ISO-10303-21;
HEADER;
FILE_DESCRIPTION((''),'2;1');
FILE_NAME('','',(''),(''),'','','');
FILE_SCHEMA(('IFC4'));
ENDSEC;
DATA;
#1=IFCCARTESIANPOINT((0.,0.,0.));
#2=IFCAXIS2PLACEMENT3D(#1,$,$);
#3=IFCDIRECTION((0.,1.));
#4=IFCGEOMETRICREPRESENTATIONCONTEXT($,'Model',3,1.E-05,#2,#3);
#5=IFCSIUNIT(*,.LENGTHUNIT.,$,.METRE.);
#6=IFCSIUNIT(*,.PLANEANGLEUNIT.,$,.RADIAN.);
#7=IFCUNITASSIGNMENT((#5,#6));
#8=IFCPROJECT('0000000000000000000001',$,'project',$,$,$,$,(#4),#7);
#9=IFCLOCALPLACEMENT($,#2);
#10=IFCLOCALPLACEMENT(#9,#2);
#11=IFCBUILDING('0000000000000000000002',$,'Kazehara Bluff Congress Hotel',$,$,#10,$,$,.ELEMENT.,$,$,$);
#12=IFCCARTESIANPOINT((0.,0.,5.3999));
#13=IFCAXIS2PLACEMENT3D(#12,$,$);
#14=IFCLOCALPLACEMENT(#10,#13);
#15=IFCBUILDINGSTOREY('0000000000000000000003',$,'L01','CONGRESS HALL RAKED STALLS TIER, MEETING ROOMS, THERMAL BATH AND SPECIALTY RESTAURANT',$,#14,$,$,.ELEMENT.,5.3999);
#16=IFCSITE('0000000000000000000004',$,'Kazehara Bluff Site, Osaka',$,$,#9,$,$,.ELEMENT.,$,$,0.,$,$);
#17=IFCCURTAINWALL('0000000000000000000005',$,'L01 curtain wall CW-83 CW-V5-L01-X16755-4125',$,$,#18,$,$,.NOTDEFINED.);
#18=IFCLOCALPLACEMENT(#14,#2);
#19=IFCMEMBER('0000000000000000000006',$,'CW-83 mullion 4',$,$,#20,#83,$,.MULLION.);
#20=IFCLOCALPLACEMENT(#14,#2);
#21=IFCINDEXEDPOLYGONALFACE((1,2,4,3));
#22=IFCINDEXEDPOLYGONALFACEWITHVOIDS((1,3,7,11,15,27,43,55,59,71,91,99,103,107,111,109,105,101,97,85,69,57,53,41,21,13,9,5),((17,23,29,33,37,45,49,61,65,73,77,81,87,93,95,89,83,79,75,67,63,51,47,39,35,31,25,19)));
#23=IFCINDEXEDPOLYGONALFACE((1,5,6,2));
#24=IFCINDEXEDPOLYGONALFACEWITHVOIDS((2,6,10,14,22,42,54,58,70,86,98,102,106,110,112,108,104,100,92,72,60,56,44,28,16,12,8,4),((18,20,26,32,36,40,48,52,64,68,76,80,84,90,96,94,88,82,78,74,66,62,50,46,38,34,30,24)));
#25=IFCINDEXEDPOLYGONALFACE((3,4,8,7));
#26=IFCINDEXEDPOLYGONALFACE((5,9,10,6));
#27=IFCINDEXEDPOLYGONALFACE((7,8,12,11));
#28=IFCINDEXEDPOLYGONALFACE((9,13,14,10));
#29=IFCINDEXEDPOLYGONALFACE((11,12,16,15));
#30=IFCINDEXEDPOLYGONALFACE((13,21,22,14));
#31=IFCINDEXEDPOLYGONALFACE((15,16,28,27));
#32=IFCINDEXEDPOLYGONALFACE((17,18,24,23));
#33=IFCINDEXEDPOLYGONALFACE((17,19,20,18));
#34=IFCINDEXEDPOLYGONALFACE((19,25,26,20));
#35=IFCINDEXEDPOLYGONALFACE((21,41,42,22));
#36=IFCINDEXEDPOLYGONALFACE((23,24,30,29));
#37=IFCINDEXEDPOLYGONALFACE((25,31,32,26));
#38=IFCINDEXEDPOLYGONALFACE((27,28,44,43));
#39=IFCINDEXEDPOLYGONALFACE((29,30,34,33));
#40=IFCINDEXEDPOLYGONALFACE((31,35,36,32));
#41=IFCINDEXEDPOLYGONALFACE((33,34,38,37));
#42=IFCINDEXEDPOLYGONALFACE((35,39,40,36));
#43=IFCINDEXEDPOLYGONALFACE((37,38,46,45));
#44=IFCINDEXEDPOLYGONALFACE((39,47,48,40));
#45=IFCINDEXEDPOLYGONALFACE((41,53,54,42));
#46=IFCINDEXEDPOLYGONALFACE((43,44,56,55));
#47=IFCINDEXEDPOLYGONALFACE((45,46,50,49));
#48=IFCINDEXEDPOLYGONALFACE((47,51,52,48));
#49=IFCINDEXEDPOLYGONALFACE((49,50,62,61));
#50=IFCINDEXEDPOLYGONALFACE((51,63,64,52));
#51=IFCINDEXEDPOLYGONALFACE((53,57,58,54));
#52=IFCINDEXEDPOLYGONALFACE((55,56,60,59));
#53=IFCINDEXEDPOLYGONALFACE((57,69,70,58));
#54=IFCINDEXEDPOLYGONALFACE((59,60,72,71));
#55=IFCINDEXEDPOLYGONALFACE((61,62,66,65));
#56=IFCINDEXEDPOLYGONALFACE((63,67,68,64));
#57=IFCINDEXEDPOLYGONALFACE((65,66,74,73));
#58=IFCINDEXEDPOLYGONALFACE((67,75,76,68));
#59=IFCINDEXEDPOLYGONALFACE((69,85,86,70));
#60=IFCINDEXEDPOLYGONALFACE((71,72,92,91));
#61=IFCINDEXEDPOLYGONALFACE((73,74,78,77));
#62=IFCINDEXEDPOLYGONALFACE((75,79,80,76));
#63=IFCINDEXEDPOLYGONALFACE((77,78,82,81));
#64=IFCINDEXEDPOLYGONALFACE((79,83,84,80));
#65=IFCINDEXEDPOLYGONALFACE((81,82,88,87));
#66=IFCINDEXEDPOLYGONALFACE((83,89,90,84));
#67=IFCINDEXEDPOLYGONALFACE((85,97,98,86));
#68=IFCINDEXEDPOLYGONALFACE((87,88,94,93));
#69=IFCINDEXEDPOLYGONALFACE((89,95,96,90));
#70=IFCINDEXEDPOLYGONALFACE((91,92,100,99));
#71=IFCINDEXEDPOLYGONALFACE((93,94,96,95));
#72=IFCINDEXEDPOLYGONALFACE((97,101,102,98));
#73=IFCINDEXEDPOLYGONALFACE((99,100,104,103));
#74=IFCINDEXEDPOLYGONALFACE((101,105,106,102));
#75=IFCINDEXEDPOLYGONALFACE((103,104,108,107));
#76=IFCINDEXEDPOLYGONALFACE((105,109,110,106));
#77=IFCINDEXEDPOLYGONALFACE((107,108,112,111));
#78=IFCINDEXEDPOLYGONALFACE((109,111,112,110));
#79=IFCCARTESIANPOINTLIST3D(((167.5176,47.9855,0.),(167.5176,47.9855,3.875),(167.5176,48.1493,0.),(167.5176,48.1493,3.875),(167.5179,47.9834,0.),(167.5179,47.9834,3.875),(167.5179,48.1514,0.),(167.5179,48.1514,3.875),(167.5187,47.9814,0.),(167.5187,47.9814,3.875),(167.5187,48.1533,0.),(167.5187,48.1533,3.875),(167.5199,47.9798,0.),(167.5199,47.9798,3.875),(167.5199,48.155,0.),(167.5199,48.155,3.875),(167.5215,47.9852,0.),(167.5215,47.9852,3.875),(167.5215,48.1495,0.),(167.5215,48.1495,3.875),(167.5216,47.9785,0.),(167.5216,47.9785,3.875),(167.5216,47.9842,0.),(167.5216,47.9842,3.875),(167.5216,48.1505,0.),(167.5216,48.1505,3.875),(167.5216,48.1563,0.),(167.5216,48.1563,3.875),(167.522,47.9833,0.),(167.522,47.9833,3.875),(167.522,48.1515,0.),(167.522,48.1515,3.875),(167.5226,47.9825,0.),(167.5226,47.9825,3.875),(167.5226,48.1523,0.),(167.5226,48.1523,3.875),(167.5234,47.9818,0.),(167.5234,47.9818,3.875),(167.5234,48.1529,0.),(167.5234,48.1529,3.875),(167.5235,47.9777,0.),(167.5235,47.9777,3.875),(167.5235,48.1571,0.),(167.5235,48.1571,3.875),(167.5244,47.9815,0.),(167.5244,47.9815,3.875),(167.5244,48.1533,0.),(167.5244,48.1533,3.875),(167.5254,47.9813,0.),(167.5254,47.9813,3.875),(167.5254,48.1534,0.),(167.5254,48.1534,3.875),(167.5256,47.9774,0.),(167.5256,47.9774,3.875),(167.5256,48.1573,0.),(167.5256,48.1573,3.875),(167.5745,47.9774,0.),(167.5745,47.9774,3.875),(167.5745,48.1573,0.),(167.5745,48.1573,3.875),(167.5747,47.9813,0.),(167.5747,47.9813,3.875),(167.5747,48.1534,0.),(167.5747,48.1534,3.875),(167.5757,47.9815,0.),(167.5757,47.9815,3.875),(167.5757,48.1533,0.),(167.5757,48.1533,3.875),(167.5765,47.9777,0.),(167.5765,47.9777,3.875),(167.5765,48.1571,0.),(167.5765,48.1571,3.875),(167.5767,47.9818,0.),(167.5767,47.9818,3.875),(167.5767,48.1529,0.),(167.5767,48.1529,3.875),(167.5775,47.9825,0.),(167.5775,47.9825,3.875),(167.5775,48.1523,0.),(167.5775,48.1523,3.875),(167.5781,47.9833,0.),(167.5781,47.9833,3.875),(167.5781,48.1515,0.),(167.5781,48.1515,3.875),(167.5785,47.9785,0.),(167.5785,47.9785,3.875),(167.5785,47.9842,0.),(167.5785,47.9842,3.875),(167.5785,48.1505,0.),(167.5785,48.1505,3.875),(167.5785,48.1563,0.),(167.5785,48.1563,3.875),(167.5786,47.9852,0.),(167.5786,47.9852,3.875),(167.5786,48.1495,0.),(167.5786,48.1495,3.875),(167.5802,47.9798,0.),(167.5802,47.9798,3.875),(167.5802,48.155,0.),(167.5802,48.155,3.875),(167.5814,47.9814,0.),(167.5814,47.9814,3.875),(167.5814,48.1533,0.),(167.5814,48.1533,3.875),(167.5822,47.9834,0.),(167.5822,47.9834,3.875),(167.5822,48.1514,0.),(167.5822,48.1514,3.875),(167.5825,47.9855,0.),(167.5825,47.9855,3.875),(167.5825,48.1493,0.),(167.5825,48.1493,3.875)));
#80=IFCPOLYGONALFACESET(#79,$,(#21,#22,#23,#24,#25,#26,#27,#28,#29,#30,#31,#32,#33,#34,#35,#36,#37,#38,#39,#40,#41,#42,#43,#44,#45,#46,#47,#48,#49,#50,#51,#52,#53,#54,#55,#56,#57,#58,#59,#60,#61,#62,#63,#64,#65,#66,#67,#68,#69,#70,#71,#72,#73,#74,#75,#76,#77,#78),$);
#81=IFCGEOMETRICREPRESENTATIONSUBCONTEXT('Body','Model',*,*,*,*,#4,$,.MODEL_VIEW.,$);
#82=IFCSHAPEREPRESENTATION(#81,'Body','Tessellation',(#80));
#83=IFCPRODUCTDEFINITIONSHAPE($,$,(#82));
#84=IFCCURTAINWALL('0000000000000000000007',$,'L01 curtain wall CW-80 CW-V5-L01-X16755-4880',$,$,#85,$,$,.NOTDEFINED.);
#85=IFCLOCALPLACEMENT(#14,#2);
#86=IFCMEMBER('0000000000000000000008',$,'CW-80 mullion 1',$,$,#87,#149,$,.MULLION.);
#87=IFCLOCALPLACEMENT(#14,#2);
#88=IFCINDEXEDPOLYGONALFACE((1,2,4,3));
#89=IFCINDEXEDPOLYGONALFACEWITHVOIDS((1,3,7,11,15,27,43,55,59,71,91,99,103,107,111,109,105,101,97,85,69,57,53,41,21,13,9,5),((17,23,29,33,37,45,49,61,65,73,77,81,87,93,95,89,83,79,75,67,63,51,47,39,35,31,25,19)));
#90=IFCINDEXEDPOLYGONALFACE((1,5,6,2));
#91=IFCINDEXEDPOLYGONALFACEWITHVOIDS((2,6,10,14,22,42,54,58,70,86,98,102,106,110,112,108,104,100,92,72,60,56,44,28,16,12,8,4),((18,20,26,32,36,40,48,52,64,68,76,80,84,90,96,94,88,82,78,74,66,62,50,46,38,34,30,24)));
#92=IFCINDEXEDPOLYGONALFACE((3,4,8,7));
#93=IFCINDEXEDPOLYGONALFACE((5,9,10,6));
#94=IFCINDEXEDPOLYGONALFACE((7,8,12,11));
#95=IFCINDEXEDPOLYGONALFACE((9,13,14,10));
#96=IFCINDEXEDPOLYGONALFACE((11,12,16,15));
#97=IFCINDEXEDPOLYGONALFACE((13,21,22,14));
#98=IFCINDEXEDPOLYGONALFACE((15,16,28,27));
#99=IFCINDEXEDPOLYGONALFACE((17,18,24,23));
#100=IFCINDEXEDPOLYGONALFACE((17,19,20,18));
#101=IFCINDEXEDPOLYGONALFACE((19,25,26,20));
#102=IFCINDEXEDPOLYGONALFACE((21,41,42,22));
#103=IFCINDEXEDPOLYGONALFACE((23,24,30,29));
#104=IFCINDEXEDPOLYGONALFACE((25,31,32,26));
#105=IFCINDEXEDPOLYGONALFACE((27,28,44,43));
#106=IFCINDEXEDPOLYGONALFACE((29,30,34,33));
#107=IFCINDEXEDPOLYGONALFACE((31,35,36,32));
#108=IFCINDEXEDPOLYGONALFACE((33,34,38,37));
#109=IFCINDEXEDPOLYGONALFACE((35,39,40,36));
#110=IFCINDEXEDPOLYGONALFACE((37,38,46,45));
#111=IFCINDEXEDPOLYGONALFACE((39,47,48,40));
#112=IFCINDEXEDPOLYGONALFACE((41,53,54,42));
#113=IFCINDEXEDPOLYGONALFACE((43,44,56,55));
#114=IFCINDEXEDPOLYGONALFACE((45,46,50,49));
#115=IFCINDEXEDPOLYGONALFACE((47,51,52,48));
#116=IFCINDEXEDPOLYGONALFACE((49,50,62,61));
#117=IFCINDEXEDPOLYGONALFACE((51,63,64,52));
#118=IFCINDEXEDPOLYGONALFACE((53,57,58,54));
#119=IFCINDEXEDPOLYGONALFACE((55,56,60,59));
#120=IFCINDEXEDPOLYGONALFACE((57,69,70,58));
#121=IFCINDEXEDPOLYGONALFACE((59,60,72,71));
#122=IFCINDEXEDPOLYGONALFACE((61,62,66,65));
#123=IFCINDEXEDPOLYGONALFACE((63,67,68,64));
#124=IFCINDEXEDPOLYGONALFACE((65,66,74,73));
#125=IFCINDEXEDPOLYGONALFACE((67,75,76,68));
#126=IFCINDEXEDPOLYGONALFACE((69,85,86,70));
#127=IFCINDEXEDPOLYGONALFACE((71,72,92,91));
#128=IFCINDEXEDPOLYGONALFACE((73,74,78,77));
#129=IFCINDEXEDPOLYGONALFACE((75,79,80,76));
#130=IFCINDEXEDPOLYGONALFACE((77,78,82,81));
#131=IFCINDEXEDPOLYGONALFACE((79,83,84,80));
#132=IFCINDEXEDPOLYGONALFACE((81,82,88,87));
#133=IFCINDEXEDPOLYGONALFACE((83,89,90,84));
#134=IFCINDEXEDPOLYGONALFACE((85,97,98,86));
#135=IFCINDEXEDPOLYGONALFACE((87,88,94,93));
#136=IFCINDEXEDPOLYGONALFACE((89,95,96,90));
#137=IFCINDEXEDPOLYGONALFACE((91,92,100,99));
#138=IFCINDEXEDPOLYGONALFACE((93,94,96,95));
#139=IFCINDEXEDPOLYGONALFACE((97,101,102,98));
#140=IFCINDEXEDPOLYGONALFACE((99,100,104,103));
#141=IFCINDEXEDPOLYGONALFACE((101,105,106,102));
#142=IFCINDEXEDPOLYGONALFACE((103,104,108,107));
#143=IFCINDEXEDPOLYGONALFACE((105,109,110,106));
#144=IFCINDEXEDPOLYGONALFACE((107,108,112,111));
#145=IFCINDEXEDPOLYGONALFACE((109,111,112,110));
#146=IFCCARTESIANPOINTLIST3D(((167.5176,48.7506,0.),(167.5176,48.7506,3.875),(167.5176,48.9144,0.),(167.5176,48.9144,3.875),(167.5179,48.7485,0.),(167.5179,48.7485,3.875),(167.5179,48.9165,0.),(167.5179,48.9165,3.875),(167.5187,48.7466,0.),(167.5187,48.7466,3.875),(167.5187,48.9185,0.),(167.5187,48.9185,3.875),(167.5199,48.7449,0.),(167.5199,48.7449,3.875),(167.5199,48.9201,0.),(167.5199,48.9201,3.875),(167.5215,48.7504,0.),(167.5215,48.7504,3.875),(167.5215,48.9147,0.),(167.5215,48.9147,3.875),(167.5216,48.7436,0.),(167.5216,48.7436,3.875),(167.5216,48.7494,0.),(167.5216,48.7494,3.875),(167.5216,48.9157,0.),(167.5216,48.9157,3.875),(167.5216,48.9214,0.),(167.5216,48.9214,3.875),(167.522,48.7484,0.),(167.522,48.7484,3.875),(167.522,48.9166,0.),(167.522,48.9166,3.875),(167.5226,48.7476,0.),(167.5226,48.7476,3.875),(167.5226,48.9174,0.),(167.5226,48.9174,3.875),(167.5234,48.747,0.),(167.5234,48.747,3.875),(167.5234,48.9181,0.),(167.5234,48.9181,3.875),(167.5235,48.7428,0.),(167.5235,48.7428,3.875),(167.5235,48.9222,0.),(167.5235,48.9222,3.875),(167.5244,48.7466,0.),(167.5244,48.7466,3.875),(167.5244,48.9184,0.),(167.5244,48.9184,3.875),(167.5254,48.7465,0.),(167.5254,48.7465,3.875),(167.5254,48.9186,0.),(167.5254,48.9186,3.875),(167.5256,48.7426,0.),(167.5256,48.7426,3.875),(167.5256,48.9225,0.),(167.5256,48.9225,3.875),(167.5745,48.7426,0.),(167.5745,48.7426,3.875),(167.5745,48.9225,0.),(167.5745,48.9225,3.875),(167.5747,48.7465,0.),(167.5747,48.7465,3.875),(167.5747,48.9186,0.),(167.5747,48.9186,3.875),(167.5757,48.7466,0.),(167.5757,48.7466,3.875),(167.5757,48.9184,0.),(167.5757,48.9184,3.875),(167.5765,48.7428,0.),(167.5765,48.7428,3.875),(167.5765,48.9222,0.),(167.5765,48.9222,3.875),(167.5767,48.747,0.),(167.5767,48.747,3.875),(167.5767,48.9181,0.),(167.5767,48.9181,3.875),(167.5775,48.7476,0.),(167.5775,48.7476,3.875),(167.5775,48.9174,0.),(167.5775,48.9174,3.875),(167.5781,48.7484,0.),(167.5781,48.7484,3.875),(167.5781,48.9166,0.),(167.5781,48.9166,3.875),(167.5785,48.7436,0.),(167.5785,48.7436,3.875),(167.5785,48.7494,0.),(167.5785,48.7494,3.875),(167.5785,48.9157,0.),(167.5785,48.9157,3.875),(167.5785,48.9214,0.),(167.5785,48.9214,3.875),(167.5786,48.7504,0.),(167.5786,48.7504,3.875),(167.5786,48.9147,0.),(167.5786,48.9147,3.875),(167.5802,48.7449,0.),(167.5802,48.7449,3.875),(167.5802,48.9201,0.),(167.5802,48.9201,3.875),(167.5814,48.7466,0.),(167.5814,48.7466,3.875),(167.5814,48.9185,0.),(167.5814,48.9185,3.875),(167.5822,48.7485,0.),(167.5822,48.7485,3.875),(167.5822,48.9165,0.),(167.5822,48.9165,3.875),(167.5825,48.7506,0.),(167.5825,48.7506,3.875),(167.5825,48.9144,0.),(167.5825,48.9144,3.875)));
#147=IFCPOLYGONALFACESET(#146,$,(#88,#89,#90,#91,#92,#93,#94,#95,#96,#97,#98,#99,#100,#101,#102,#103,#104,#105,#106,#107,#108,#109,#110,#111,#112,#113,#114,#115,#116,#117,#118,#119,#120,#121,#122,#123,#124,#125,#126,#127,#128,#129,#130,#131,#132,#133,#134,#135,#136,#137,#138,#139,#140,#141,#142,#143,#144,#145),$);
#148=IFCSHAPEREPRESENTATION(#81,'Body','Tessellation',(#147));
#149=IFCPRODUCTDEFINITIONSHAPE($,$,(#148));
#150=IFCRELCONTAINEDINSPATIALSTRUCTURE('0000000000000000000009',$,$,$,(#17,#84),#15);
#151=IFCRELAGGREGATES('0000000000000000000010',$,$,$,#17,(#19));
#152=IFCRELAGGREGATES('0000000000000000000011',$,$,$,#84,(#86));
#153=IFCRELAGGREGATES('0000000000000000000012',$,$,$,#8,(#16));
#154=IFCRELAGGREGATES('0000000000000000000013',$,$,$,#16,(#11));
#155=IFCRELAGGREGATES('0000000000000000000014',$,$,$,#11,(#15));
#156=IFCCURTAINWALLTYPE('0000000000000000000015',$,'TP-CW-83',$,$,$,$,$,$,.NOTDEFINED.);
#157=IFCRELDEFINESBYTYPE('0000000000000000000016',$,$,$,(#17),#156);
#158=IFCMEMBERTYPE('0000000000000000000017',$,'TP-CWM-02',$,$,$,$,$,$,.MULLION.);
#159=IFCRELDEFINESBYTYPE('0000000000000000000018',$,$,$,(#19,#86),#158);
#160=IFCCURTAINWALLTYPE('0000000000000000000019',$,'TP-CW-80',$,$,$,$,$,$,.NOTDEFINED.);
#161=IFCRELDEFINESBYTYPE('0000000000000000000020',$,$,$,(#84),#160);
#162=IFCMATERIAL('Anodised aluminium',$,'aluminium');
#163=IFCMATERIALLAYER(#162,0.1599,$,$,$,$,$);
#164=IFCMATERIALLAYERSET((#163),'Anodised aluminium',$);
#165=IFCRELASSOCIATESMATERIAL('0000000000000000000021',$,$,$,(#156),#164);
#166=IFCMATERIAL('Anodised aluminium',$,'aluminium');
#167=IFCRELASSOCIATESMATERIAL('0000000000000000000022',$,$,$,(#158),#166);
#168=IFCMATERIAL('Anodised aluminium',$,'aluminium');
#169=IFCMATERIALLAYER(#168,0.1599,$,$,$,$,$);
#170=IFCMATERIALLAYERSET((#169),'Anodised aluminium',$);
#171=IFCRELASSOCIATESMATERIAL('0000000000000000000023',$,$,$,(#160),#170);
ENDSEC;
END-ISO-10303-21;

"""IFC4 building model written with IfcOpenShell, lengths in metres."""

from ifc_helpers import new_model, si_unit, direction, frame, origin, origin_2d, place, context, subcontext, project, spatial, hollow_rectangle, extrude, material, layer, layer_set, material_profile, profile_set, type_object, element, aggregate, save


model = new_model("IFC4")

# Units and contexts
model_context = context("Model", 3, precision=1e-05, world=origin(), true_north=direction((0.0, 1.0)))
body_context = subcontext(model_context, "Body", "Model", "MODEL_VIEW")
ifc_project = project(units=[si_unit("LENGTHUNIT", "METRE"), si_unit("PLANEANGLEUNIT", "RADIAN")], contexts=[model_context])

# Site, building, storey
site_placement = place(None, origin())
site = spatial("IfcSite", under=ifc_project, at=site_placement, Name="Kazehara Bluff Site, Osaka", CompositionType="ELEMENT", RefElevation=0.0)
building_placement = place(site_placement, origin())
building = spatial("IfcBuilding", under=site, at=building_placement, Name="Kazehara Bluff Congress Hotel", CompositionType="ELEMENT")
storey_placement = place(building_placement, frame((0.0, 0.0, 5.3999)))
storey = spatial("IfcBuildingStorey", under=building, at=storey_placement, Name="L01", Description="CONGRESS HALL RAKED STALLS TIER, MEETING ROOMS, THERMAL BATH AND SPECIALTY RESTAURANT", CompositionType="ELEMENT", Elevation=5.3999)

# Curtain walls, members
ifc_material_1 = material(Name="Anodised aluminium", Category="aluminium")
ifc_layer_1 = layer(ifc_material_1, 0.1599)
ifc_layer_set_1 = layer_set([ifc_layer_1], Name="Anodised aluminium")
curtain_wall_type_1 = type_object("IfcCurtainWallType", Name="TP-CW-83", PredefinedType="NOTDEFINED", material=ifc_layer_set_1)
curtain_wall_1_placement = place(storey_placement, origin())
curtain_wall_1 = element("IfcCurtainWall", 1, at=curtain_wall_1_placement, inside=storey, type_object=curtain_wall_type_1, Name="L01 curtain wall CW-83 CW-V5-L01-X16755-4125", PredefinedType="NOTDEFINED")
ifc_material_2 = material(Name="Anodised aluminium", Category="aluminium")
ifc_material_profile_1 = material_profile(ifc_material_2, hollow_rectangle(XDim=0.0649, YDim=0.1799, WallThickness=0.0039, InnerFilletRadius=0.0039, OuterFilletRadius=0.0081, at=origin_2d()))
ifc_profile_set_1 = profile_set([ifc_material_profile_1], Name="Anodised aluminium")
member_type_1 = type_object("IfcMemberType", Name="TP-CWM-02", PredefinedType="MULLION", material=ifc_profile_set_1)
member_1_placement = place(storey_placement, frame((167.55, 48.0674, 0.0), z_axis=(0.0, 0.0, 1.0), x_axis=(-1.0, 0.0, 0.0)))
member_1 = element("IfcMember", 2, at=member_1_placement, type_object=member_type_1, Name="CW-83 mullion 4", PredefinedType="MULLION", context=body_context, shape_type="SweptSolid", body=[
    extrude(hollow_rectangle(XDim=0.0649, YDim=0.1799, WallThickness=0.0039, InnerFilletRadius=0.0039, OuterFilletRadius=0.0081, at=origin_2d()), origin(), (0.0, 0.0, 1.0), 3.875),
])
ifc_material_3 = material(Name="Anodised aluminium", Category="aluminium")
ifc_layer_2 = layer(ifc_material_3, 0.1599)
ifc_layer_set_2 = layer_set([ifc_layer_2], Name="Anodised aluminium")
curtain_wall_type_2 = type_object("IfcCurtainWallType", Name="TP-CW-80", PredefinedType="NOTDEFINED", material=ifc_layer_set_2)
curtain_wall_2_placement = place(storey_placement, origin())
curtain_wall_2 = element("IfcCurtainWall", 3, at=curtain_wall_2_placement, inside=storey, type_object=curtain_wall_type_2, Name="L01 curtain wall CW-80 CW-V5-L01-X16755-4880", PredefinedType="NOTDEFINED")
member_2_placement = place(storey_placement, frame((167.55, 48.8325, 0.0), z_axis=(0.0, 0.0, 1.0), x_axis=(-1.0, 0.0, 0.0)))
member_2 = element("IfcMember", 4, at=member_2_placement, type_object=member_type_1, Name="CW-80 mullion 1", PredefinedType="MULLION", context=body_context, shape_type="SweptSolid", body=[
    extrude(hollow_rectangle(XDim=0.0649, YDim=0.1799, WallThickness=0.0039, InnerFilletRadius=0.0039, OuterFilletRadius=0.0081, at=origin_2d()), origin(), (0.0, 0.0, 1.0), 3.875),
])

aggregate(curtain_wall_1, [member_1])
aggregate(curtain_wall_2, [member_2])

save(model, "model.ifc")
